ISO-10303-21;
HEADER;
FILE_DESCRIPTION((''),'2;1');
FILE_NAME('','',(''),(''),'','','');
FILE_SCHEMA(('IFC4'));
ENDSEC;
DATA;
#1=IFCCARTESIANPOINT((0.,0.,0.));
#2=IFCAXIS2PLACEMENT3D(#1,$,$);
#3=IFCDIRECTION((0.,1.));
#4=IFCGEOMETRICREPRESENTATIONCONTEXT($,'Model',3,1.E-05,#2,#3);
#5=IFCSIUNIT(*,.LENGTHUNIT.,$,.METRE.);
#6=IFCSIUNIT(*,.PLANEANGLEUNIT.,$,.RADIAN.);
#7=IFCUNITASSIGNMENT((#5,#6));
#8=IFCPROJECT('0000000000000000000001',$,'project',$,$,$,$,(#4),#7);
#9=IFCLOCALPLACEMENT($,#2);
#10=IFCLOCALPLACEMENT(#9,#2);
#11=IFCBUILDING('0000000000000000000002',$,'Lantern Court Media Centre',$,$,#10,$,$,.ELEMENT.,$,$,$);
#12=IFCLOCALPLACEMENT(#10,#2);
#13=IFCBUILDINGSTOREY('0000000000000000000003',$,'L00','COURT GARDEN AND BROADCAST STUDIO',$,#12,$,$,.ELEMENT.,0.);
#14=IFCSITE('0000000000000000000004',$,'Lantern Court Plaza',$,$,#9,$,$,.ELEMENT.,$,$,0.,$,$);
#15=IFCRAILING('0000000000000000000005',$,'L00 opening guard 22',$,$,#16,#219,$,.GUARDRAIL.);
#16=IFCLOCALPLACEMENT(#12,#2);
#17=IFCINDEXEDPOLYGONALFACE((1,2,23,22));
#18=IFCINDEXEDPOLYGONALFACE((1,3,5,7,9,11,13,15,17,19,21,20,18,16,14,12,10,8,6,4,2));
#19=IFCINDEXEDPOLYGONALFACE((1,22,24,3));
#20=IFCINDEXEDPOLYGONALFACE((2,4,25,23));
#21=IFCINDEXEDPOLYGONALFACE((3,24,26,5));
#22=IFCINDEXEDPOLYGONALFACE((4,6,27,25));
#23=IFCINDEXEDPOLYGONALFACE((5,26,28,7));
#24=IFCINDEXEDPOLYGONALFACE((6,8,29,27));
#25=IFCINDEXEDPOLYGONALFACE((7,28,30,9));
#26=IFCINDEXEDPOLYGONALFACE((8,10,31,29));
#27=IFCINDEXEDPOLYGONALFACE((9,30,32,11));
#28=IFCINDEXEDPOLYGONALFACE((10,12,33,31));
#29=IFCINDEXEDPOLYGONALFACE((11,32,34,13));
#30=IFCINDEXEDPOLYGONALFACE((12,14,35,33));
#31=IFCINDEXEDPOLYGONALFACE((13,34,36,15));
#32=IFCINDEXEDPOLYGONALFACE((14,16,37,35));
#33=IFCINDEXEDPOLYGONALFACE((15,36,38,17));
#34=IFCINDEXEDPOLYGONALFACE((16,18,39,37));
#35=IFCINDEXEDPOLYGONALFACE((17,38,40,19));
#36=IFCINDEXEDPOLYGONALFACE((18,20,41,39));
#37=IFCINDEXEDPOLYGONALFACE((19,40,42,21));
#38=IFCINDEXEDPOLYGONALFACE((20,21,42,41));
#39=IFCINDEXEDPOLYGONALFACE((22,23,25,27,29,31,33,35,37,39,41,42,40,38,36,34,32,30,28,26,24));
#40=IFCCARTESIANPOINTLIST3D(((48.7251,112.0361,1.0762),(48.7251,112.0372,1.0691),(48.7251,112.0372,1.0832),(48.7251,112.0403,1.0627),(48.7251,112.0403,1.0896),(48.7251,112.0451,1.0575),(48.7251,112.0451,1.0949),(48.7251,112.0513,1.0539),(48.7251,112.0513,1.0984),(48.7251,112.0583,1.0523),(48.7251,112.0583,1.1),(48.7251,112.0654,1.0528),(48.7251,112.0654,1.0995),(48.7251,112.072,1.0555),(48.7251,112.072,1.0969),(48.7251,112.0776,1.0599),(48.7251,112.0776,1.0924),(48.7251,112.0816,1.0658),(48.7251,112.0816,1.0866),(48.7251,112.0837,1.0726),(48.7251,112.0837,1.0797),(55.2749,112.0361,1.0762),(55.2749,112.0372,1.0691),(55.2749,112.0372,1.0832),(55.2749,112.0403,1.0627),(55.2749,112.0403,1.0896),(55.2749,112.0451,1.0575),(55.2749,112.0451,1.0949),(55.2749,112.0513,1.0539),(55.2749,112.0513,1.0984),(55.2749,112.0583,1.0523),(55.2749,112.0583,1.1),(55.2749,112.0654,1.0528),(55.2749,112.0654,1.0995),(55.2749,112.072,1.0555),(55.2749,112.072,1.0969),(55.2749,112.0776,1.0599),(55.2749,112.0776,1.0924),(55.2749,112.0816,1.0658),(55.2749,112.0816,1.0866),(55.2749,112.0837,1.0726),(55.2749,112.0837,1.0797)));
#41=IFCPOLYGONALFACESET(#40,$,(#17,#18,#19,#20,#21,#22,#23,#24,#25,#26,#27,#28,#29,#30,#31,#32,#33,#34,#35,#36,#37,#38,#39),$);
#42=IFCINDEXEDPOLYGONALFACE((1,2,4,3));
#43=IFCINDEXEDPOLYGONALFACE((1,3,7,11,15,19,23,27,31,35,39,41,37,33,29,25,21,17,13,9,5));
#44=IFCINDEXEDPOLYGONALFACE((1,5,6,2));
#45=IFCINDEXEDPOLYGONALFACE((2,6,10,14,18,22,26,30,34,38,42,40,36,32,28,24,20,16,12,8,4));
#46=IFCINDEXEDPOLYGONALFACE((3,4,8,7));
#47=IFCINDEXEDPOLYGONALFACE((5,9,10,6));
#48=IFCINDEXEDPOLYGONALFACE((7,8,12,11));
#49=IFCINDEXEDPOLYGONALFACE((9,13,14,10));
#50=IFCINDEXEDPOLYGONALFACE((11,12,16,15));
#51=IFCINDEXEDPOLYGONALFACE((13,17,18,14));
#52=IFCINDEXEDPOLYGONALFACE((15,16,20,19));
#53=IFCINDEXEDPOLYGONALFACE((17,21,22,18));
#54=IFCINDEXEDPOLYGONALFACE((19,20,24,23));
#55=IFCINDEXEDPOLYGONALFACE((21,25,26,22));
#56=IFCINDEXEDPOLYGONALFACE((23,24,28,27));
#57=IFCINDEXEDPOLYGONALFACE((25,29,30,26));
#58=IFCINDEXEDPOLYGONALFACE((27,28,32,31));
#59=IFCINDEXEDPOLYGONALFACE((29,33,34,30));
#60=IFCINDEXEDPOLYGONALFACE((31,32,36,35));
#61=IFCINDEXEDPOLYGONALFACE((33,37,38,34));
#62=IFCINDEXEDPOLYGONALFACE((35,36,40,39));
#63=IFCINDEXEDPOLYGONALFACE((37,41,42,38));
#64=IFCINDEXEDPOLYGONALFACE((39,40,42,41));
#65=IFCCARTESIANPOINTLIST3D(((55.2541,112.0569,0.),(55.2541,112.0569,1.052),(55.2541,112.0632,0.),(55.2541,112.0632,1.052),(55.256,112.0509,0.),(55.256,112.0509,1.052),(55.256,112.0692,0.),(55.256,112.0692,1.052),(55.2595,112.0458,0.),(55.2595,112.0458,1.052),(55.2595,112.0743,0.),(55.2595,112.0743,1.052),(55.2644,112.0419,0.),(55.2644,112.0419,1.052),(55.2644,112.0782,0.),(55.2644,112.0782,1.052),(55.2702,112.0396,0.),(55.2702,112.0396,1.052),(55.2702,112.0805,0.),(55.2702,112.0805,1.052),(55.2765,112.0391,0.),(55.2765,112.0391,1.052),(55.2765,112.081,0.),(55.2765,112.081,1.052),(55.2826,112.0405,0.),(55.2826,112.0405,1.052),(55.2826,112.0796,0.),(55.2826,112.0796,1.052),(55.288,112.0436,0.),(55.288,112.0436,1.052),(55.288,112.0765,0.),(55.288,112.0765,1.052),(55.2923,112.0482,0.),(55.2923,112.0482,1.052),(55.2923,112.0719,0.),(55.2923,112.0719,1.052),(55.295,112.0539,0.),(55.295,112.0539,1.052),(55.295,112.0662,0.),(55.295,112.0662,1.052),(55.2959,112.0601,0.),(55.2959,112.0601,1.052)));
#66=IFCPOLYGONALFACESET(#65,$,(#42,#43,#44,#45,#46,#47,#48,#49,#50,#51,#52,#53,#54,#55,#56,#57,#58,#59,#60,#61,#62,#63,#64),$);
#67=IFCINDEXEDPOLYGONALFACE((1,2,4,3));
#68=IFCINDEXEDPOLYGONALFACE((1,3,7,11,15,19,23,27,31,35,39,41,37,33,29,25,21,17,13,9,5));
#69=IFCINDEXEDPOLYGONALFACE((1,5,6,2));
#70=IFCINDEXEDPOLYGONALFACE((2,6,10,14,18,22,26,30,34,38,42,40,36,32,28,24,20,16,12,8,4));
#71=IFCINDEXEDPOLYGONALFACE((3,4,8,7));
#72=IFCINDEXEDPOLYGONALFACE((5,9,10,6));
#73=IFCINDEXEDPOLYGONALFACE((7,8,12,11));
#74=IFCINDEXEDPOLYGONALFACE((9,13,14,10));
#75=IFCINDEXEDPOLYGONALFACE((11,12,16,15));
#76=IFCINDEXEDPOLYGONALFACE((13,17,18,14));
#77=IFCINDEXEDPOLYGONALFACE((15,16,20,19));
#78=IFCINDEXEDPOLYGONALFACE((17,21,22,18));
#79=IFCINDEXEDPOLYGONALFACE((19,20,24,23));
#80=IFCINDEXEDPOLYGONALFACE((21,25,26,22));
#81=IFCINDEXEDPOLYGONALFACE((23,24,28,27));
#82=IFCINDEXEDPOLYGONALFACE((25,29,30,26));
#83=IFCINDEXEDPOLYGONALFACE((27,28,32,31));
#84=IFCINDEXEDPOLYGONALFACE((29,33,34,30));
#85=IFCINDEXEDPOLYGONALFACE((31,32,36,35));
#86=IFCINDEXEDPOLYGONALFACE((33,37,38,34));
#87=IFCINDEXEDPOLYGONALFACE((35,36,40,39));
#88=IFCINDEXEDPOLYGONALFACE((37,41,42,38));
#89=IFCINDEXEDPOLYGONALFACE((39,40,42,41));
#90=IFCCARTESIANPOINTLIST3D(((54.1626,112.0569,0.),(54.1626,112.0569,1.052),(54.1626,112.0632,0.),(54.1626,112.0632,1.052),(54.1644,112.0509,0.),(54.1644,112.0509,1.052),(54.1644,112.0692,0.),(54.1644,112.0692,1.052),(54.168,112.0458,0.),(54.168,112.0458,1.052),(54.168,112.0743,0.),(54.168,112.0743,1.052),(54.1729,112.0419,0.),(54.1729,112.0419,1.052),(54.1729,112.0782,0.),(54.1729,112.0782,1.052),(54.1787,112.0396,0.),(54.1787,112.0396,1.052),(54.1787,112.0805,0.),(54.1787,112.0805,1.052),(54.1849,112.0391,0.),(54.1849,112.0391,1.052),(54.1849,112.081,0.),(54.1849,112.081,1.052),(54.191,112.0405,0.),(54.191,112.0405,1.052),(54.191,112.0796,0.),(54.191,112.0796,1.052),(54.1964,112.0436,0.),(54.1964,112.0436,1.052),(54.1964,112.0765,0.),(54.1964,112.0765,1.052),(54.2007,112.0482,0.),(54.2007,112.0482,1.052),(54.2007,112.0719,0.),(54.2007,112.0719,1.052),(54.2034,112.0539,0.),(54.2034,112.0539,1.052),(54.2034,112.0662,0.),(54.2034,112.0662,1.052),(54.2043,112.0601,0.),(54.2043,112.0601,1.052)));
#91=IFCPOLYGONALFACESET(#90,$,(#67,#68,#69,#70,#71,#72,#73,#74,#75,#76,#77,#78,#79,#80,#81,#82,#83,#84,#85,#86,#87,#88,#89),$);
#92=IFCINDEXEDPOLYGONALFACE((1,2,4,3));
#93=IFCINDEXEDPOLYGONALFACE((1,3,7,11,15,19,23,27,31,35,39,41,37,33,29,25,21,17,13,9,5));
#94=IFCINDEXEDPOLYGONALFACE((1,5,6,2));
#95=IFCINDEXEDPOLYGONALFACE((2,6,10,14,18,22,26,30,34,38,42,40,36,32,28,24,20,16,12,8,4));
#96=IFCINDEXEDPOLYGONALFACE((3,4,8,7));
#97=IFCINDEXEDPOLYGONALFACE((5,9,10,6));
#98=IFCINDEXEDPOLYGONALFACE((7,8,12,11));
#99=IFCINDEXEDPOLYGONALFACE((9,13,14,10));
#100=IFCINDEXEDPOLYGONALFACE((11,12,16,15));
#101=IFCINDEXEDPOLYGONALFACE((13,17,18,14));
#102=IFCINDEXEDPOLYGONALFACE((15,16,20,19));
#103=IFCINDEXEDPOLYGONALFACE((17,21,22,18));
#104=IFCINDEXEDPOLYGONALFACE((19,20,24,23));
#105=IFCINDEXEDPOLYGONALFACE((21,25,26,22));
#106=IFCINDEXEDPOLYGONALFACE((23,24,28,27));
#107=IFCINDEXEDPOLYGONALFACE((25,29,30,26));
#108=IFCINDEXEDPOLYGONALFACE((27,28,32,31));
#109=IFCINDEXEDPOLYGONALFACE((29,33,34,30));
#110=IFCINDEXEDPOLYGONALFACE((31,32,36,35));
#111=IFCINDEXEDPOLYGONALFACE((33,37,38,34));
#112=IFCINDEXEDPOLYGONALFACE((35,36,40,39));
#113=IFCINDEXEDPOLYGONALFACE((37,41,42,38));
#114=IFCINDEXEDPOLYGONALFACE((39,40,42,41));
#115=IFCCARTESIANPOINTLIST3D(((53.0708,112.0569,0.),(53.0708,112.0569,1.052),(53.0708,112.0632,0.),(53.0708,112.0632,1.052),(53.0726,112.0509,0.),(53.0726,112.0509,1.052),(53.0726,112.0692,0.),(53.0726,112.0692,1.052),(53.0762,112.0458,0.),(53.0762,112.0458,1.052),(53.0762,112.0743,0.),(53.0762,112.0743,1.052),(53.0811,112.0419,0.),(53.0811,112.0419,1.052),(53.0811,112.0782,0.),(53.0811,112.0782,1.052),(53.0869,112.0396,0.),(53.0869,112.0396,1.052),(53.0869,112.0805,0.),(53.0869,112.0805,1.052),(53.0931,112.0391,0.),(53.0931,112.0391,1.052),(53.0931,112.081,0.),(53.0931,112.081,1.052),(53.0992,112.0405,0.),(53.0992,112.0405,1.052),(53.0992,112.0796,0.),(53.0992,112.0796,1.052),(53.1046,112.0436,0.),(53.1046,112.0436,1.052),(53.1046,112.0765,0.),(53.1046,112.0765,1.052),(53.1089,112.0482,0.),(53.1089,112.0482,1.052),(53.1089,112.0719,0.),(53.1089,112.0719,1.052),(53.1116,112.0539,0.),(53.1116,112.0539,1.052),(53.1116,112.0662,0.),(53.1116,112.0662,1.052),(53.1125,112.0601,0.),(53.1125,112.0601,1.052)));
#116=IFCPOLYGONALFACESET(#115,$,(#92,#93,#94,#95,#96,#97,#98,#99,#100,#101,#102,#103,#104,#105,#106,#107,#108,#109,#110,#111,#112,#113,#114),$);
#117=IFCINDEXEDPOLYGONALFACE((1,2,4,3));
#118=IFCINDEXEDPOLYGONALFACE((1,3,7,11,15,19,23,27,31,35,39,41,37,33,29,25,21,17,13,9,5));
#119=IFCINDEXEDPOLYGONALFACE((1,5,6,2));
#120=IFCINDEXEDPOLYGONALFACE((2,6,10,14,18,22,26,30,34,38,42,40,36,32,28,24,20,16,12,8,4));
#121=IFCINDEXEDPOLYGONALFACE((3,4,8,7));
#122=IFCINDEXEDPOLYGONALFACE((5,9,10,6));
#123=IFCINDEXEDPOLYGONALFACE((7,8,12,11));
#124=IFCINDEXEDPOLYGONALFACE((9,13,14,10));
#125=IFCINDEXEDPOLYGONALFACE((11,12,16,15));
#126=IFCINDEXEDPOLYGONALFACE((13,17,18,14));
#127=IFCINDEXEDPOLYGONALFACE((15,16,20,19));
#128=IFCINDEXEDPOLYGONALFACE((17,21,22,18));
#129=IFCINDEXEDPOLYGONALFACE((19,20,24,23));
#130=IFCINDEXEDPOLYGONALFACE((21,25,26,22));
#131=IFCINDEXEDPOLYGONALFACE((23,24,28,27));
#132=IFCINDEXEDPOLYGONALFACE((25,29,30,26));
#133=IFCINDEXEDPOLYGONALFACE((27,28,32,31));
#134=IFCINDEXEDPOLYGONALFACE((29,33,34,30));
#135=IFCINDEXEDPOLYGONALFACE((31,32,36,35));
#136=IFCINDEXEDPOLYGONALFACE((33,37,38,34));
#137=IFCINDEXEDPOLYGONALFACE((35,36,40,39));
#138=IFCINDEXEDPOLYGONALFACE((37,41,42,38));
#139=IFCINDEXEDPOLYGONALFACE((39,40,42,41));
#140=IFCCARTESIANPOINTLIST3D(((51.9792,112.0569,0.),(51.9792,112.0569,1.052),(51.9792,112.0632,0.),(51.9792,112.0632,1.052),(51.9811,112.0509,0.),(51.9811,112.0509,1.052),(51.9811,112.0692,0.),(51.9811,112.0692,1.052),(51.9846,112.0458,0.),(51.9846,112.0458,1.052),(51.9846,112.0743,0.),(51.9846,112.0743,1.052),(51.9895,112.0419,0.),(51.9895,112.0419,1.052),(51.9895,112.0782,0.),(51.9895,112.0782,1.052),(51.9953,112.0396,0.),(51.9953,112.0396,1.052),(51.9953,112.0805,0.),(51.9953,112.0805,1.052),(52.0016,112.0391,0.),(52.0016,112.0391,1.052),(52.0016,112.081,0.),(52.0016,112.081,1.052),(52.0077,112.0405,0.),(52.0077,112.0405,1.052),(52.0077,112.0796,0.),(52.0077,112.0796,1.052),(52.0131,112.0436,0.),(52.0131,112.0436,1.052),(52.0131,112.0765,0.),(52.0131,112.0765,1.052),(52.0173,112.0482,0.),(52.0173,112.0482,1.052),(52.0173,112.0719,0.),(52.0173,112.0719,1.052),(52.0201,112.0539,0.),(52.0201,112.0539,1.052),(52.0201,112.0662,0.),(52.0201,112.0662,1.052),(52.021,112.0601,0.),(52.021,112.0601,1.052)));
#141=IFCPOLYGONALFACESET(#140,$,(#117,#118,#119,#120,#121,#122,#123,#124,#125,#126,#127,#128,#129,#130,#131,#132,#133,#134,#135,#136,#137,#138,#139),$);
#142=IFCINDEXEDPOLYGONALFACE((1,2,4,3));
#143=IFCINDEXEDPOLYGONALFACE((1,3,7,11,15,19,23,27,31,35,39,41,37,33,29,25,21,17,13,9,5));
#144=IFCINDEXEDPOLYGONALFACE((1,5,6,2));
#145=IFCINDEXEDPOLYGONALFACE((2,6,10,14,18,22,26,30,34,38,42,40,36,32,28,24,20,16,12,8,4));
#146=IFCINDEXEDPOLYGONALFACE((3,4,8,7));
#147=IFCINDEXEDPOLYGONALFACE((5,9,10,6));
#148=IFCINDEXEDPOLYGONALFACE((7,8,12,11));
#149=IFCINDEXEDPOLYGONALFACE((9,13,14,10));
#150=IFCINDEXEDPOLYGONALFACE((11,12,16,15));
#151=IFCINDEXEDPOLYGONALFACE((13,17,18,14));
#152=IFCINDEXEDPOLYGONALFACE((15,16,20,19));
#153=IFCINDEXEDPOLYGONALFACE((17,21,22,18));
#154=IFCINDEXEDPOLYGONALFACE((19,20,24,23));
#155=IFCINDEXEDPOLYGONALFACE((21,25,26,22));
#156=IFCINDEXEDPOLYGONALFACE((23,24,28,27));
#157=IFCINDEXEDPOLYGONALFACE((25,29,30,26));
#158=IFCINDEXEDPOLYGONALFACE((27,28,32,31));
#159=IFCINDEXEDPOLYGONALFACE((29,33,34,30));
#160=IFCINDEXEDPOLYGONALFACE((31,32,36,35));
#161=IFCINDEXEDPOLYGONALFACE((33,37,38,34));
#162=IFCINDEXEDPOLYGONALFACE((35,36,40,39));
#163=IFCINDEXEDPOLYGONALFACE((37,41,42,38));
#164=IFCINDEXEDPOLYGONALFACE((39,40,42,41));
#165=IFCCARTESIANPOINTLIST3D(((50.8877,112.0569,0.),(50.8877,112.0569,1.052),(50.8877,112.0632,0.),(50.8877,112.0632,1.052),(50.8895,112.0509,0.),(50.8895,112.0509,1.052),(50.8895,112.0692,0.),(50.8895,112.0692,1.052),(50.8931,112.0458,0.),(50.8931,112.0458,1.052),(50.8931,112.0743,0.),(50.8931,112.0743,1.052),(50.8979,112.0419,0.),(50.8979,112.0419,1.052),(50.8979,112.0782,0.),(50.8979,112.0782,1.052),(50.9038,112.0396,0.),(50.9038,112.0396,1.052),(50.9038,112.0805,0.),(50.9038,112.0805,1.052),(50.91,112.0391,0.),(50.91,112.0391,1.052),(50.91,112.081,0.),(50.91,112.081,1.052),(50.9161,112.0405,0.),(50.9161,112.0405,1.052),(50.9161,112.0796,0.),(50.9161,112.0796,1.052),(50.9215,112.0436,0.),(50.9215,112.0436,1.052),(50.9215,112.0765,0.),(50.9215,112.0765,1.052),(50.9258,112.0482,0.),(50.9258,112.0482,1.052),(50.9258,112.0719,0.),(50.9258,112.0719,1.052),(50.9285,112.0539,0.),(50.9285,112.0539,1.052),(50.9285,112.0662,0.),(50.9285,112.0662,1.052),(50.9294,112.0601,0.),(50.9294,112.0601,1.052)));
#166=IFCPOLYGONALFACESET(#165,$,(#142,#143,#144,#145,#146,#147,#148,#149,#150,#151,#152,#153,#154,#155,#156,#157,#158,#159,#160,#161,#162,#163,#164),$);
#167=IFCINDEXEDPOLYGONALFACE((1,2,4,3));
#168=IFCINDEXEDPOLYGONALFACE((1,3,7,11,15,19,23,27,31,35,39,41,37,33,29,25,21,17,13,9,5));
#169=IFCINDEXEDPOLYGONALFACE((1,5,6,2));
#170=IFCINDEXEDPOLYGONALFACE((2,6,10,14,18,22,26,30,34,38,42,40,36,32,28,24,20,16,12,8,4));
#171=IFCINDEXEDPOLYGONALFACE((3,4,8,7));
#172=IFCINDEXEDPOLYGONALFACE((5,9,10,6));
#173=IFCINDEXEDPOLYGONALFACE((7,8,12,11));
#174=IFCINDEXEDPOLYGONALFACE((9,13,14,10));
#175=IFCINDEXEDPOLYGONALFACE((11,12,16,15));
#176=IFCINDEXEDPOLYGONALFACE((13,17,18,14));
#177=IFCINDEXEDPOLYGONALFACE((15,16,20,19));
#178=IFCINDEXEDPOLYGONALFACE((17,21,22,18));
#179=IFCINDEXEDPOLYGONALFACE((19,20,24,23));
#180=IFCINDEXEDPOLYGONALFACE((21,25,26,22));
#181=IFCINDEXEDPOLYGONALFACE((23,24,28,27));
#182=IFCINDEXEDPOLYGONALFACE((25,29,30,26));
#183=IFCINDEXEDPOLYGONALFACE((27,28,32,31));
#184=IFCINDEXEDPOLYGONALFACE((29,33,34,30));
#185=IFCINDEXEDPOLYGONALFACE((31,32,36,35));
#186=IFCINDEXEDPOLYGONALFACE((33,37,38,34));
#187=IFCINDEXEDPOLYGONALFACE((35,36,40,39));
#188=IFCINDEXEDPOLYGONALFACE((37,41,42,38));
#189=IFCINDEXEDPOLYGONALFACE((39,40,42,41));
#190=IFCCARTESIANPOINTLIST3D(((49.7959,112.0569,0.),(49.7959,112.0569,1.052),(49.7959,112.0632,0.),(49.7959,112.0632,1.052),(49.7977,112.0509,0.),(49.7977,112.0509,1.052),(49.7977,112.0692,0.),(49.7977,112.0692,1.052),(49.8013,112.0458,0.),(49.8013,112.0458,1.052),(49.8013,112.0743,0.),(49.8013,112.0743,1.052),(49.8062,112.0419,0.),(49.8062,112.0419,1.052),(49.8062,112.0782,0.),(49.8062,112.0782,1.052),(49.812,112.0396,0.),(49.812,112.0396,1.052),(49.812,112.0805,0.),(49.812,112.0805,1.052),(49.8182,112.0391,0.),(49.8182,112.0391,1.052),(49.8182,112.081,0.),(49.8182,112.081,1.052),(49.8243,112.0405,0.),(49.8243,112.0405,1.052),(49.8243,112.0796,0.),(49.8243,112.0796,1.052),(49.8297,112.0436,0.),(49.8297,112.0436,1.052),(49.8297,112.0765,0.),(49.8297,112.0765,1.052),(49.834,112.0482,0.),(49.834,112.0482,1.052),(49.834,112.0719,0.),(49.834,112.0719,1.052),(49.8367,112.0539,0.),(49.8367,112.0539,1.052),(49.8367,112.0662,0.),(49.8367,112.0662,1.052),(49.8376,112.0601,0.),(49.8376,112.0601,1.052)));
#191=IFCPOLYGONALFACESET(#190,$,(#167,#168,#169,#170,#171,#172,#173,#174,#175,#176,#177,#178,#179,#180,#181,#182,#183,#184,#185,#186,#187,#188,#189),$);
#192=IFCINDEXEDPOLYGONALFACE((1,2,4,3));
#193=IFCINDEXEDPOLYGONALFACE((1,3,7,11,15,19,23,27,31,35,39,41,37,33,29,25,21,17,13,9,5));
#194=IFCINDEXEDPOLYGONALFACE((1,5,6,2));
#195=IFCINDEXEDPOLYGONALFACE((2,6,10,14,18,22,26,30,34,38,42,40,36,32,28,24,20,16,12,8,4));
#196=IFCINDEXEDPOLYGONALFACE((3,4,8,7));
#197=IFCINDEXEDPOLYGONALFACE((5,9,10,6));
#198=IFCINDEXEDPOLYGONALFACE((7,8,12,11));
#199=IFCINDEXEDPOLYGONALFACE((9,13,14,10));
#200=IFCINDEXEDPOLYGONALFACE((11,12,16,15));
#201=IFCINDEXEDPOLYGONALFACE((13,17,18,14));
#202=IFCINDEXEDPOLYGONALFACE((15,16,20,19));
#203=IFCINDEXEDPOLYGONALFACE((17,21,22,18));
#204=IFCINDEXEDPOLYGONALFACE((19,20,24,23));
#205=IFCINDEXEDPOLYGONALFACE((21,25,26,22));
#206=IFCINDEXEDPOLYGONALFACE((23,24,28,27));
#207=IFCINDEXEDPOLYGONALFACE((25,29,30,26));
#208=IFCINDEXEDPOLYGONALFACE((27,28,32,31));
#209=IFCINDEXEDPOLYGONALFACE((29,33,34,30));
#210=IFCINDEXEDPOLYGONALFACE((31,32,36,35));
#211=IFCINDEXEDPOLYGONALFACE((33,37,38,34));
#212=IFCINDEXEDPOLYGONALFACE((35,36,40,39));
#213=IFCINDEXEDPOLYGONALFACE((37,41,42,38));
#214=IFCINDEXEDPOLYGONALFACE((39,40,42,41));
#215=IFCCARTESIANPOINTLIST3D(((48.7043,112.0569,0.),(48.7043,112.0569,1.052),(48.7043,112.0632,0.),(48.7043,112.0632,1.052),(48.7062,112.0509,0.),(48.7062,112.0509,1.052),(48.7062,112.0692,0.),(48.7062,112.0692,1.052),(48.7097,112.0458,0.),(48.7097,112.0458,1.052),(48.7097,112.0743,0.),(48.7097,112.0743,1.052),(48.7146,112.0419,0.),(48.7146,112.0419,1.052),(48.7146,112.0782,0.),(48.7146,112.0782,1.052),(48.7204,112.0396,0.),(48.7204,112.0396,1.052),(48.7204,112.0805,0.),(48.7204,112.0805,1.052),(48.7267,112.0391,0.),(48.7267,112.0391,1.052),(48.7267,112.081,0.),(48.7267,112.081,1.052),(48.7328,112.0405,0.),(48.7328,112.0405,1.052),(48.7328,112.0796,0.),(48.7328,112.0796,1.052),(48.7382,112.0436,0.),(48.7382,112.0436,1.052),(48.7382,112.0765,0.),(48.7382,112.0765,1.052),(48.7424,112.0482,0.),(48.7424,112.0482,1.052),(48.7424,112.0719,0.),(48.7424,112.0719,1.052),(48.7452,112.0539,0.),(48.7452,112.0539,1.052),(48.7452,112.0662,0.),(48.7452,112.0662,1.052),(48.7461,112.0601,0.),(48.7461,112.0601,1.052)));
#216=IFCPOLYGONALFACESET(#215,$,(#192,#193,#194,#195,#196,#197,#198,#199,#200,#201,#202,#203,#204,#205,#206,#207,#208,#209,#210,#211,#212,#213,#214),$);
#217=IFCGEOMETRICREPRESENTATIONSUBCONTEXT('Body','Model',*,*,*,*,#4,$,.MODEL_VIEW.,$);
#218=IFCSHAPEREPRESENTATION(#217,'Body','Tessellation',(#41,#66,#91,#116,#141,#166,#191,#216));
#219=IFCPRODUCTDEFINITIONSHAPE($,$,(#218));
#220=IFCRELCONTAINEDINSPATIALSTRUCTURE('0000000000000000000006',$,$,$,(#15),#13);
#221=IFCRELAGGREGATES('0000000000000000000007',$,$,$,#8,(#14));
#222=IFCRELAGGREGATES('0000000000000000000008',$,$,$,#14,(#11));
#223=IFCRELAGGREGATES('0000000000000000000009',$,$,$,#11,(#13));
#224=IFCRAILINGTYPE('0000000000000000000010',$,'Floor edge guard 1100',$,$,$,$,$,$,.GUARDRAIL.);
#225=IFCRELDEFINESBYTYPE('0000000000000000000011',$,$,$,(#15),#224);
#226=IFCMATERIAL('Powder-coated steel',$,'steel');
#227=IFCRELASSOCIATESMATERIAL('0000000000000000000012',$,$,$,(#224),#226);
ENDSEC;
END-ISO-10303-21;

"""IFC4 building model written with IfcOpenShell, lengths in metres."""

from ifc_helpers import new_model, si_unit, direction, frame, origin, origin_2d, place, context, subcontext, project, spatial, circle, extrude, material, type_object, element, save


model = new_model("IFC4")

# Units and contexts
model_context = context("Model", 3, precision=1e-05, world=origin(), true_north=direction((0.0, 1.0)))
body_context = subcontext(model_context, "Body", "Model", "MODEL_VIEW")
ifc_project = project(units=[si_unit("LENGTHUNIT", "METRE"), si_unit("PLANEANGLEUNIT", "RADIAN")], contexts=[model_context])

# Site, building, storey
site_placement = place(None, origin())
site = spatial("IfcSite", under=ifc_project, at=site_placement, Name="Lantern Court Plaza", CompositionType="ELEMENT", RefElevation=0.0)
building_placement = place(site_placement, origin())
building = spatial("IfcBuilding", under=site, at=building_placement, Name="Lantern Court Media Centre", CompositionType="ELEMENT")
storey_placement = place(building_placement, origin())
storey = spatial("IfcBuildingStorey", under=building, at=storey_placement, Name="L00", Description="COURT GARDEN AND BROADCAST STUDIO", CompositionType="ELEMENT", Elevation=0.0)

# Railing
ifc_material_1 = material(Name="Powder-coated steel", Category="steel")
railing_type = type_object("IfcRailingType", Name="Floor edge guard 1100", PredefinedType="GUARDRAIL", material=ifc_material_1)
railing_placement = place(storey_placement, frame((55.2749, 112.0601, 0.0)))
element("IfcRailing", 1, at=railing_placement, inside=storey, type_object=railing_type, Name="L00 opening guard 22", PredefinedType="GUARDRAIL", context=body_context, shape_type="SweptSolid", body=[
    extrude(circle(Radius=0.0239, at=origin_2d()), frame((0.0, 0.0, 1.0762), z_axis=(-1.0, 0.0, 0.0), x_axis=(0.0, -1.0, 0.0)), (0.0, 0.0, 1.0), 6.5498),
    extrude(circle(Radius=0.021, at=origin_2d()), origin(), (0.0, 0.0, 1.0), 1.052),
    extrude(circle(Radius=0.021, at=origin_2d()), frame((-1.0916, 0.0, 0.0)), (0.0, 0.0, 1.0), 1.052),
    extrude(circle(Radius=0.021, at=origin_2d()), frame((-2.1833, 0.0, 0.0)), (0.0, 0.0, 1.0), 1.052),
    extrude(circle(Radius=0.021, at=origin_2d()), frame((-3.2749, 0.0, 0.0)), (0.0, 0.0, 1.0), 1.052),
    extrude(circle(Radius=0.021, at=origin_2d()), frame((-4.3665, 0.0, 0.0)), (0.0, 0.0, 1.0), 1.052),
    extrude(circle(Radius=0.021, at=origin_2d()), frame((-5.4583, 0.0, 0.0)), (0.0, 0.0, 1.0), 1.052),
    extrude(circle(Radius=0.021, at=origin_2d()), frame((-6.5498, 0.0, 0.0)), (0.0, 0.0, 1.0), 1.052),
])

save(model, "model.ifc")
